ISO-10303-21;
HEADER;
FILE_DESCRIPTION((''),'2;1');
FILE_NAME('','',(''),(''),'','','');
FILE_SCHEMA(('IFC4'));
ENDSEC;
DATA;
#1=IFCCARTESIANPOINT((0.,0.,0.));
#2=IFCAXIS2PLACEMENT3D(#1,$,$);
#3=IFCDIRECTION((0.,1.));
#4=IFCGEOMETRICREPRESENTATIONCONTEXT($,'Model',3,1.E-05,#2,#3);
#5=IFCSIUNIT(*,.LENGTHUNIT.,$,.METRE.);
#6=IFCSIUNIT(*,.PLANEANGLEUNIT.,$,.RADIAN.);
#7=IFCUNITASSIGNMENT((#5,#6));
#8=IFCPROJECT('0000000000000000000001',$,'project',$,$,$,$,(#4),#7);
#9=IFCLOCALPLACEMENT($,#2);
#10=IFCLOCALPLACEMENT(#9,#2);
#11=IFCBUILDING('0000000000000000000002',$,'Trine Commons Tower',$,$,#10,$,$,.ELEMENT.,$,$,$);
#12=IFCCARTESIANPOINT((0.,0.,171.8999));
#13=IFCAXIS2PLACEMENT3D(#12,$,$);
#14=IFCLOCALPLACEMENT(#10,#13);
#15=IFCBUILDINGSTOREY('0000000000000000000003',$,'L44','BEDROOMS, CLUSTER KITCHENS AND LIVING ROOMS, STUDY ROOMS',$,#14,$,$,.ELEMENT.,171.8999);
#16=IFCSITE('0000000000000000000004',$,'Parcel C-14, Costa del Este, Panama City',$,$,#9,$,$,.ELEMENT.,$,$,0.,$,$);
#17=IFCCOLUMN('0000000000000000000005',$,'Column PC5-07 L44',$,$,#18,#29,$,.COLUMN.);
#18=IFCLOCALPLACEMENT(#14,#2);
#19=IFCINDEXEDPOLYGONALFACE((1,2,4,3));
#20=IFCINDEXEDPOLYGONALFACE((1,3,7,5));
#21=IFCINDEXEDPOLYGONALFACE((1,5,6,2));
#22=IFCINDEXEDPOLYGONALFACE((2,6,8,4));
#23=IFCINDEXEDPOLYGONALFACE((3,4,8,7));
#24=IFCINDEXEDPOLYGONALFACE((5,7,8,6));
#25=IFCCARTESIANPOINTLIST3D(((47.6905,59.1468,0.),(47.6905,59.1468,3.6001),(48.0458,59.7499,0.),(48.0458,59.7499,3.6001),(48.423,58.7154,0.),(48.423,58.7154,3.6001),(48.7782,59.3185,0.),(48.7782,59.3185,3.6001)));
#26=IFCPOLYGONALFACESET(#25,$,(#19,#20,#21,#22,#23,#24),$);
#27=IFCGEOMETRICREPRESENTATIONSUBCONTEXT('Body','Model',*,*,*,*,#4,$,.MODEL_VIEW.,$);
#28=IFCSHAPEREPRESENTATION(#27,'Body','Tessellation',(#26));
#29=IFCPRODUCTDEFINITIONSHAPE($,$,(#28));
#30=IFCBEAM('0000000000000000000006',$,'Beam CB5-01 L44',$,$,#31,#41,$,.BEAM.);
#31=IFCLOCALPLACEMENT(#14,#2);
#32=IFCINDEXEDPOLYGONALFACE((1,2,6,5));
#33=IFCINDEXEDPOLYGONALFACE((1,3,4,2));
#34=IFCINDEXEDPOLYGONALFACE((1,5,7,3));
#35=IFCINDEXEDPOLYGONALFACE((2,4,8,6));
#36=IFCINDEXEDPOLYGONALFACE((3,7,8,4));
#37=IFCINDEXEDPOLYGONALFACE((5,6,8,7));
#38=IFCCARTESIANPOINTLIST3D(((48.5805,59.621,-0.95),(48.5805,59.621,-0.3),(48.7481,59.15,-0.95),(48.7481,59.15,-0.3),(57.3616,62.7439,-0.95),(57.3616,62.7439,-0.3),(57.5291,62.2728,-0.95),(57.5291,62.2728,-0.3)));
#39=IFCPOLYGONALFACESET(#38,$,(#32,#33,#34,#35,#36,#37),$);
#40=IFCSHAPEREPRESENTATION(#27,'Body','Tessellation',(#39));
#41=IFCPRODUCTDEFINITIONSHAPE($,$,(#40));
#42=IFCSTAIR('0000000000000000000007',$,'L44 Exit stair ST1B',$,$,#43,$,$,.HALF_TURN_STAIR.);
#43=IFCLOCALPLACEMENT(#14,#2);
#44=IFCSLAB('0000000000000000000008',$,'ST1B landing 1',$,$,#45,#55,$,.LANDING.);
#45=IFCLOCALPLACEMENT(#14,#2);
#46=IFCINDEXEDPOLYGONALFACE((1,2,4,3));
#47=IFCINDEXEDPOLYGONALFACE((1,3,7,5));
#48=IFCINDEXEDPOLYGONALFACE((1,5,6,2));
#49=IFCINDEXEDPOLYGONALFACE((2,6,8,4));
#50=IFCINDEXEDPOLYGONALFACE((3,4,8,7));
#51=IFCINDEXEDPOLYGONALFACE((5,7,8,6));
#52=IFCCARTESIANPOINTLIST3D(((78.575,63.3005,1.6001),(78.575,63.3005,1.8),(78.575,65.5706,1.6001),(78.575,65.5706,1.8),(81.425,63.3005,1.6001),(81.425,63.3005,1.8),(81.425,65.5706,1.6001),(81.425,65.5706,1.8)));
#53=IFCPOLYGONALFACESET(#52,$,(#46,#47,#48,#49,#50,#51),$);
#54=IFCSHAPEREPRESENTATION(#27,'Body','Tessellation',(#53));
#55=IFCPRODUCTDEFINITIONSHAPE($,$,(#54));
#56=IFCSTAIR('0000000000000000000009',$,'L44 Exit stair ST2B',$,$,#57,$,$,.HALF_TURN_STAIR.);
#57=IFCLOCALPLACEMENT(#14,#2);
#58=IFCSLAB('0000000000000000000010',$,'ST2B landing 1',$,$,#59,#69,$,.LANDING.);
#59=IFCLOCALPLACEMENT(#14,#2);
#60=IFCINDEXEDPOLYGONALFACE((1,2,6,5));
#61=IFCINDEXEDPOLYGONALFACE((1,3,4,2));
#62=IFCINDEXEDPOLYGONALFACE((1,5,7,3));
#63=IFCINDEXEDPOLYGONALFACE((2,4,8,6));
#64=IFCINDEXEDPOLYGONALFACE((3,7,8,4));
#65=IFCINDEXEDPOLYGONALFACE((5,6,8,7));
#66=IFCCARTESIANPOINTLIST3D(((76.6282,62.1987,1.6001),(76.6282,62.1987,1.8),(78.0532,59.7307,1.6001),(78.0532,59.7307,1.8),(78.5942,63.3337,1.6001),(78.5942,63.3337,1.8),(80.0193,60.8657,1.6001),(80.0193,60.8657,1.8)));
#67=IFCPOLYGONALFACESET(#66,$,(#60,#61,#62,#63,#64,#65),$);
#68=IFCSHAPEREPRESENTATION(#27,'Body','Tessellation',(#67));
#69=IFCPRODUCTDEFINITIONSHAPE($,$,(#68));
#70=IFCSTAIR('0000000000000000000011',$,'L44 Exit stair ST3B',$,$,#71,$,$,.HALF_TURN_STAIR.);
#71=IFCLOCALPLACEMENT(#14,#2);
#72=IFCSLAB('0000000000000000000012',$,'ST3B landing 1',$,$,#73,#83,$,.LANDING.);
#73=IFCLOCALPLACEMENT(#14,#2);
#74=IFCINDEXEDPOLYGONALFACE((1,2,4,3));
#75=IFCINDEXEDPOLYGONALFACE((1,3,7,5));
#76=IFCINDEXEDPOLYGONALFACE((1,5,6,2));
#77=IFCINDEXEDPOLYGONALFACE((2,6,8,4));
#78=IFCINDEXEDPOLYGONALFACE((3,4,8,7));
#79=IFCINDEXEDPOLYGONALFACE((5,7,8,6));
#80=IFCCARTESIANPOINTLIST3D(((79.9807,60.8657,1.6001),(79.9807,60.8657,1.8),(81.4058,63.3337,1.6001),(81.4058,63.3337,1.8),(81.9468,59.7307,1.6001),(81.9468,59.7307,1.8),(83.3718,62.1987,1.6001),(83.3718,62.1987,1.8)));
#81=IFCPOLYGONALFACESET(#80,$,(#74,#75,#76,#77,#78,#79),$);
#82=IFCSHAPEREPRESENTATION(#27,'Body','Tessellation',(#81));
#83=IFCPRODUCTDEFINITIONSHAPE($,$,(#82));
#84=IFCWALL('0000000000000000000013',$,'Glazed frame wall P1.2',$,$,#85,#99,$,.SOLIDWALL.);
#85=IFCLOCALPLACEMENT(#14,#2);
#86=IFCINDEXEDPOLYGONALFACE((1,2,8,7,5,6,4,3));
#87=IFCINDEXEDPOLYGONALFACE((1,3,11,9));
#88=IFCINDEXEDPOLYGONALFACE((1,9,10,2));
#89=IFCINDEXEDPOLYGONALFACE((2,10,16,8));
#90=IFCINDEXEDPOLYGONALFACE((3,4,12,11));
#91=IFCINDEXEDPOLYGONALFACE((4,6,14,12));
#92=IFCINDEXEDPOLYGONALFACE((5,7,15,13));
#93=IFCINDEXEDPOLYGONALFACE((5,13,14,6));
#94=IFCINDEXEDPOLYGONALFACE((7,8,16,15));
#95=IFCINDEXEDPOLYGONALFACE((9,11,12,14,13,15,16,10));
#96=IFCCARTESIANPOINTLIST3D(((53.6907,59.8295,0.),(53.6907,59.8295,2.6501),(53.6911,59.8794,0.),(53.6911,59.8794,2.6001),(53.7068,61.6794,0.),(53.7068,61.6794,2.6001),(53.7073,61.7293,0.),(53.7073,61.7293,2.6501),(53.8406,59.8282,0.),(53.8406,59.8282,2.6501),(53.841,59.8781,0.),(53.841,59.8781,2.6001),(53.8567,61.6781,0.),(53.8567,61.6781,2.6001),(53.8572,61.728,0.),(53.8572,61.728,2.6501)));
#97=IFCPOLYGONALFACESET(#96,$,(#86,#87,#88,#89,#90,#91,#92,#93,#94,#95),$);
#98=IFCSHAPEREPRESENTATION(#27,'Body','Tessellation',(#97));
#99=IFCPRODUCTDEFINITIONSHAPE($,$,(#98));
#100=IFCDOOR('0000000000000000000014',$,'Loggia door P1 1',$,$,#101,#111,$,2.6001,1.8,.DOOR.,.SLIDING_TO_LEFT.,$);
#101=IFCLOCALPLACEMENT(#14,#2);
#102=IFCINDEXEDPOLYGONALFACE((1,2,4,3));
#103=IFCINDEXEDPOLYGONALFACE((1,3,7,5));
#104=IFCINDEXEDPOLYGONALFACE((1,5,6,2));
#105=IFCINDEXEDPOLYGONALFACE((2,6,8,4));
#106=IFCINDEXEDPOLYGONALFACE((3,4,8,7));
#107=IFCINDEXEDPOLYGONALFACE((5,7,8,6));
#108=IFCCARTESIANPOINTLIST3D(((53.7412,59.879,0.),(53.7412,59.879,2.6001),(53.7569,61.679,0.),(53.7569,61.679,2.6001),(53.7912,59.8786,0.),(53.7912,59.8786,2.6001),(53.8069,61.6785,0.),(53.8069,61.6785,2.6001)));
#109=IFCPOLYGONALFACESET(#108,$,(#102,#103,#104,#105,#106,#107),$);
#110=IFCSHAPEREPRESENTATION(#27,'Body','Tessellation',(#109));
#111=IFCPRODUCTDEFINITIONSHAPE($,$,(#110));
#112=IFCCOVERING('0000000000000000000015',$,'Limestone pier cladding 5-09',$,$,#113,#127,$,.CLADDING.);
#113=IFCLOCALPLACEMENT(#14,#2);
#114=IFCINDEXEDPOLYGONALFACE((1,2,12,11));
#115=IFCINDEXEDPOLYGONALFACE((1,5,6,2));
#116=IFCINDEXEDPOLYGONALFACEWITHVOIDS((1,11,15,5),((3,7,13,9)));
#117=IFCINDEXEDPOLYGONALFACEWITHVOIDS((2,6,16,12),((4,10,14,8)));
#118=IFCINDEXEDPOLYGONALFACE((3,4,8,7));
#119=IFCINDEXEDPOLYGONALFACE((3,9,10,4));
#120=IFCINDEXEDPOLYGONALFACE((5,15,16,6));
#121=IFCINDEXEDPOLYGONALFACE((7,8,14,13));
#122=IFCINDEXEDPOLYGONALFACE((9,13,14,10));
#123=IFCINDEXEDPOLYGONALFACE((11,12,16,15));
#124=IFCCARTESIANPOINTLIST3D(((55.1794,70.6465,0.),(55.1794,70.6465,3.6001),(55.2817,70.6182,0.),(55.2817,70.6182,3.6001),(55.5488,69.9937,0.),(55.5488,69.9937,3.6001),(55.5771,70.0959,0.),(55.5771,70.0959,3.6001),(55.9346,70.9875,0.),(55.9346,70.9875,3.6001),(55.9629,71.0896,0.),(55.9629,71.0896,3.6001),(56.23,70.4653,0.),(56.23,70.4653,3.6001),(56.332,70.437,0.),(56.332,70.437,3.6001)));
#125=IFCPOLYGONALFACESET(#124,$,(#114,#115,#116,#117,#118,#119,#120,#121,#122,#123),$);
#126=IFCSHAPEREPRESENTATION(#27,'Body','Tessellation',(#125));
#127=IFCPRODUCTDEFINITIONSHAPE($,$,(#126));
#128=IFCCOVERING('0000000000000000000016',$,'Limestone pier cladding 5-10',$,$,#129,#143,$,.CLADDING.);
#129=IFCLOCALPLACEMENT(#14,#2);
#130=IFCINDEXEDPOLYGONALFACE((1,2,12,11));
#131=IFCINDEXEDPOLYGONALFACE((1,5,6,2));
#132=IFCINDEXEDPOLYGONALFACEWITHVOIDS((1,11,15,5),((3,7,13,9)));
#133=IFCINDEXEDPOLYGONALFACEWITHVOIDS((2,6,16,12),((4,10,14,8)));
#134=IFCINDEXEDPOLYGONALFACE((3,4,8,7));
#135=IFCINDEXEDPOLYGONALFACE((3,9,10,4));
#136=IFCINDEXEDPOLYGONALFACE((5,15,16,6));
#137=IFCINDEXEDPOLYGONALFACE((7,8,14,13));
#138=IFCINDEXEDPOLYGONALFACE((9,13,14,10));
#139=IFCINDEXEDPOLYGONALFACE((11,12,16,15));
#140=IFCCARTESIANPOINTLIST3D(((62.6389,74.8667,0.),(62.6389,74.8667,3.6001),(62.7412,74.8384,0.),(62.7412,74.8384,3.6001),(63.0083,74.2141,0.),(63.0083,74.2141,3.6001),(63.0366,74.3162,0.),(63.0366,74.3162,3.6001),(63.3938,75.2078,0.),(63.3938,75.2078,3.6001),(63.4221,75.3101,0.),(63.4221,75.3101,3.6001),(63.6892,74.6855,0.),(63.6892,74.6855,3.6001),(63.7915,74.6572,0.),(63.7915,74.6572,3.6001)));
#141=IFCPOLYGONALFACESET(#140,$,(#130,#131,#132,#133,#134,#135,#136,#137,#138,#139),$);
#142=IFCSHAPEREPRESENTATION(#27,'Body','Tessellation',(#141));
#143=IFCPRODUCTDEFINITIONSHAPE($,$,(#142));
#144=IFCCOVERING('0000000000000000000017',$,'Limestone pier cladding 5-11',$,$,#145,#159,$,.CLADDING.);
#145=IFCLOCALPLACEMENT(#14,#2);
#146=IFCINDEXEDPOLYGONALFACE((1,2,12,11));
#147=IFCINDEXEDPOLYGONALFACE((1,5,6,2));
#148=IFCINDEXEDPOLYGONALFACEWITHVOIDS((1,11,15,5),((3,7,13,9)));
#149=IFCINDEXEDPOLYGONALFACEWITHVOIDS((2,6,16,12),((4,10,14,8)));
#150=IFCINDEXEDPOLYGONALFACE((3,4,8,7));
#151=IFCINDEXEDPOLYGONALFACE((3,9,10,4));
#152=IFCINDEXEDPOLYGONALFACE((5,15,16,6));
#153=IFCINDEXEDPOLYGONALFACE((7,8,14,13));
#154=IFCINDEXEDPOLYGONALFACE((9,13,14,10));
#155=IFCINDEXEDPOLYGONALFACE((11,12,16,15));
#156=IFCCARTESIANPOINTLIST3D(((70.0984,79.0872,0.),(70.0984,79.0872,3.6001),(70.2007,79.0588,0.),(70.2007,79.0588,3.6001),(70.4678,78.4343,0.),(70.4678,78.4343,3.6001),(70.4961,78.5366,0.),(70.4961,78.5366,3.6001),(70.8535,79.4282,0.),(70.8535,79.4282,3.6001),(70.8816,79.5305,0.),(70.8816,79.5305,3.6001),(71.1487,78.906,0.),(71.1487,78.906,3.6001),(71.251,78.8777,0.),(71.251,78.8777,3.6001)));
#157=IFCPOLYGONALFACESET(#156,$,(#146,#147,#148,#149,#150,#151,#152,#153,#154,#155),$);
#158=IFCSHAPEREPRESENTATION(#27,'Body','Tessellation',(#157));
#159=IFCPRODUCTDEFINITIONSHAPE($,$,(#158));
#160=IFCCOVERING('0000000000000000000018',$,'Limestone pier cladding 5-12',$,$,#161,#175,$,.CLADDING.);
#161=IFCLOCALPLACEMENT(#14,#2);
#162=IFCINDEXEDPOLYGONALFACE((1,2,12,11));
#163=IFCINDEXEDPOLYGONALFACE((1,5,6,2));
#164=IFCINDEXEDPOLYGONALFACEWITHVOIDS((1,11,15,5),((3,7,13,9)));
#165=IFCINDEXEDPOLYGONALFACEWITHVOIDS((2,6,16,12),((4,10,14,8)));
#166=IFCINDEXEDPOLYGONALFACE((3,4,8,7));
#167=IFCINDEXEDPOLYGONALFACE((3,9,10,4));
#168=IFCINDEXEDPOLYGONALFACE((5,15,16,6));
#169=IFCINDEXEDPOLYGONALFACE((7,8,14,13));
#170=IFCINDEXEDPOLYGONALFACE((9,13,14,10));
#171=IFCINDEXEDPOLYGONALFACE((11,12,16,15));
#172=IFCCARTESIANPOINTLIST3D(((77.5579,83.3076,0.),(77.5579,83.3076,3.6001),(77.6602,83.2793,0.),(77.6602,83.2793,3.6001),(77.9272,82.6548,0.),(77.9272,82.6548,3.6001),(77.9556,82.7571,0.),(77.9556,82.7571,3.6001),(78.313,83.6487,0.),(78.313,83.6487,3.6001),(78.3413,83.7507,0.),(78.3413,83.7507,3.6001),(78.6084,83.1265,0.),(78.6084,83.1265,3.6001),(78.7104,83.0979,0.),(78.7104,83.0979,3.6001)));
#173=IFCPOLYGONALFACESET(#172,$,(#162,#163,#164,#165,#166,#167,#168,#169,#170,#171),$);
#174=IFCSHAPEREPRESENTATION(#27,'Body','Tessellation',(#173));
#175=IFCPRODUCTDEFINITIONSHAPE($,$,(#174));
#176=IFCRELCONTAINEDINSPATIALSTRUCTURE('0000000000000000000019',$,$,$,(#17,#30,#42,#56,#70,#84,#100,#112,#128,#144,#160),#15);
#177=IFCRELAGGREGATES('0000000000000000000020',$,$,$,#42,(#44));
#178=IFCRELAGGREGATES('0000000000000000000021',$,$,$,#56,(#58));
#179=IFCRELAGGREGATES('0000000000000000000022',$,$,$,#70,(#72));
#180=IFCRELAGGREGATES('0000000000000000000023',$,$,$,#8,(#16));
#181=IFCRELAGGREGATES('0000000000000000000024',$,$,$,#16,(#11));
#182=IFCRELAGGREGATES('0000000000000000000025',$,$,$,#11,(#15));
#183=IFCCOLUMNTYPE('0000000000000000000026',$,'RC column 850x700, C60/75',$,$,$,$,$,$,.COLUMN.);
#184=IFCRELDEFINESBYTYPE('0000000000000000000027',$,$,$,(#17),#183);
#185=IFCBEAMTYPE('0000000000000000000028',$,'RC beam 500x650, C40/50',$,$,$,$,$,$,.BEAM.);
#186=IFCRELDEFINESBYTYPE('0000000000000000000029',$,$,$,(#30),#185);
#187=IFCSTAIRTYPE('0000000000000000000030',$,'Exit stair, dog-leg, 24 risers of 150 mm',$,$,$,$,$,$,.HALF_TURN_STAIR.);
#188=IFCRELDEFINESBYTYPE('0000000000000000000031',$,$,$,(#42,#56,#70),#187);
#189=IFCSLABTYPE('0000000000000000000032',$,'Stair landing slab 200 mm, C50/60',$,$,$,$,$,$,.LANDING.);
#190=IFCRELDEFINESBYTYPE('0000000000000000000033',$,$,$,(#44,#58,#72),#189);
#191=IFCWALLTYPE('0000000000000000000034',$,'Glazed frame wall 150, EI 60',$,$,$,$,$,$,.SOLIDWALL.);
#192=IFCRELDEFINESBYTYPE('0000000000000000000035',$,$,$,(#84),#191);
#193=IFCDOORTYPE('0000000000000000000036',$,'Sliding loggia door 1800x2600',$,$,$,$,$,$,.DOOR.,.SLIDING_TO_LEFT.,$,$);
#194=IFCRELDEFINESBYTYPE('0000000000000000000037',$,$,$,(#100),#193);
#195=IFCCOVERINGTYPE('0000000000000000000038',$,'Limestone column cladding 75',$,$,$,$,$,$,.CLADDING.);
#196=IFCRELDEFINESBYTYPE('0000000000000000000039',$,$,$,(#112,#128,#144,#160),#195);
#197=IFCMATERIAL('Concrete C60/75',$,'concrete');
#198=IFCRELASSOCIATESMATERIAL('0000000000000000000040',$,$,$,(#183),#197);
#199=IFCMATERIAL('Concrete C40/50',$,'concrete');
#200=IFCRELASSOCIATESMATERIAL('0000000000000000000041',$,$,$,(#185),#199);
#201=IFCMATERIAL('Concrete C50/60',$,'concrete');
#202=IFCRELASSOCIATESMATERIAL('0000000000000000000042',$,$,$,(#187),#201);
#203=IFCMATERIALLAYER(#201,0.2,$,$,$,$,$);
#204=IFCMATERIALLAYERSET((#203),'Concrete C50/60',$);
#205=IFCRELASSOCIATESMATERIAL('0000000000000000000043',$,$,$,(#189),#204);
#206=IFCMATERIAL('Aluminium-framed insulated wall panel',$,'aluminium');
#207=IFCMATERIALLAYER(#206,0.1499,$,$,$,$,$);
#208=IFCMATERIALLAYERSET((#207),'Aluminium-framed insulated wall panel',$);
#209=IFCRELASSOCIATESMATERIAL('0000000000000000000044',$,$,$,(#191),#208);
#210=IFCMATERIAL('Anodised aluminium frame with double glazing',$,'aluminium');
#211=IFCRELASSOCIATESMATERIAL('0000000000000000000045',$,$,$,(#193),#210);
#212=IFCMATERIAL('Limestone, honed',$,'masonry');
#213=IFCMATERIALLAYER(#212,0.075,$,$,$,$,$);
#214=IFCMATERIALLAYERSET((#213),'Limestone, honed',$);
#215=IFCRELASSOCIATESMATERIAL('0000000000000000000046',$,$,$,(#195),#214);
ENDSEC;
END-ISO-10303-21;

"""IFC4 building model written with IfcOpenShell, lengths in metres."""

from ifc_helpers import new_model, si_unit, direction, frame, frame_2d, origin, origin_2d, place, context, subcontext, project, spatial, polyline, rectangle, outline, extrude, material, layer, layer_set, material_profile, profile_set, type_object, element, fill, aggregate, save


model = new_model("IFC4")

# Units and contexts
model_context = context("Model", 3, precision=1e-05, world=origin(), true_north=direction((0.0, 1.0)))
body_context = subcontext(model_context, "Body", "Model", "MODEL_VIEW")
ifc_project = project(units=[si_unit("LENGTHUNIT", "METRE"), si_unit("PLANEANGLEUNIT", "RADIAN")], contexts=[model_context])

# Site, building, storey
site_placement = place(None, origin())
site = spatial("IfcSite", under=ifc_project, at=site_placement, Name="Parcel C-14, Costa del Este, Panama City", CompositionType="ELEMENT", RefElevation=0.0)
building_placement = place(site_placement, origin())
building = spatial("IfcBuilding", under=site, at=building_placement, Name="Trine Commons Tower", CompositionType="ELEMENT")
storey_placement = place(building_placement, frame((0.0, 0.0, 171.8999)))
storey = spatial("IfcBuildingStorey", under=building, at=storey_placement, Name="L44", Description="BEDROOMS, CLUSTER KITCHENS AND LIVING ROOMS, STUDY ROOMS", CompositionType="ELEMENT", Elevation=171.8999)

# Column
ifc_material_1 = material(Name="Concrete C60/75", Category="concrete")
ifc_material_profile_1 = material_profile(ifc_material_1, rectangle(XDim=0.8501, YDim=0.7, at=origin_2d()), Name="RC 850x700")
ifc_profile_set_1 = profile_set([ifc_material_profile_1], Name="Concrete C60/75")
column_type = type_object("IfcColumnType", Name="RC column 850x700, C60/75", PredefinedType="COLUMN", material=ifc_profile_set_1)
column_placement = place(storey_placement, frame((48.2344, 59.2327, 0.0), z_axis=(0.0, 0.0, 1.0), x_axis=(-0.861629, 0.507538, 0.0)))
element("IfcColumn", 1, at=column_placement, inside=storey, type_object=column_type, Name="Column PC5-07 L44", PredefinedType="COLUMN", context=body_context, shape_type="SweptSolid", body=[
    extrude(rectangle(XDim=0.8501, YDim=0.7, at=origin_2d()), origin(), (0.0, 0.0, 1.0), 3.6001),
])

# Beam
ifc_material_2 = material(Name="Concrete C40/50", Category="concrete")
ifc_material_profile_2 = material_profile(ifc_material_2, rectangle(XDim=0.5, YDim=0.6499, at=origin_2d()), Name="RC 500x650")
ifc_profile_set_2 = profile_set([ifc_material_profile_2], Name="Concrete C40/50")
beam_type = type_object("IfcBeamType", Name="RC beam 500x650, C40/50", PredefinedType="BEAM", material=ifc_profile_set_2)
beam_placement = place(storey_placement, frame((48.6643, 59.3855, -0.625), z_axis=(0.942192, 0.335073, 0.0), x_axis=(-0.335073, 0.942192, 0.0)))
element("IfcBeam", 2, at=beam_placement, inside=storey, type_object=beam_type, Name="Beam CB5-01 L44", PredefinedType="BEAM", context=body_context, shape_type="SweptSolid", body=[
    extrude(rectangle(XDim=0.5, YDim=0.6499, at=origin_2d()), origin(), (0.0, 0.0, 1.0), 9.3198),
])

# Stairs, slabs
ifc_material_3 = material(Name="Concrete C50/60", Category="concrete")
stair_type = type_object("IfcStairType", Name="Exit stair, dog-leg, 24 risers of 150 mm", PredefinedType="HALF_TURN_STAIR", material=ifc_material_3)
stair_1_placement = place(storey_placement, origin())
stair_1 = element("IfcStair", 3, at=stair_1_placement, inside=storey, type_object=stair_type, Name="L44 Exit stair ST1B", PredefinedType="HALF_TURN_STAIR")
ifc_layer_1 = layer(ifc_material_3, 0.2)
ifc_layer_set_1 = layer_set([ifc_layer_1], Name="Concrete C50/60")
slab_type = type_object("IfcSlabType", Name="Stair landing slab 200 mm, C50/60", PredefinedType="LANDING", material=ifc_layer_set_1)
slab_1_placement = place(storey_placement, frame((0.0, 0.0, 1.6001)))
slab_1 = element("IfcSlab", 4, at=slab_1_placement, type_object=slab_type, Name="ST1B landing 1", PredefinedType="LANDING", context=body_context, shape_type="SweptSolid", body=[
    extrude(outline(polyline([(78.575, 65.5706), (78.575, 63.3005), (81.425, 63.3005), (81.425, 65.5706), (78.575, 65.5706)])), origin(), (0.0, 0.0, 1.0), 0.2),
])
aggregate(stair_1, [slab_1])
stair_2_placement = place(storey_placement, origin())
stair_2 = element("IfcStair", 5, at=stair_2_placement, inside=storey, type_object=stair_type, Name="L44 Exit stair ST2B", PredefinedType="HALF_TURN_STAIR")
slab_2_placement = place(storey_placement, frame((0.0, 0.0, 1.6001)))
slab_2 = element("IfcSlab", 6, at=slab_2_placement, type_object=slab_type, Name="ST2B landing 1", PredefinedType="LANDING", context=body_context, shape_type="SweptSolid", body=[
    extrude(outline(polyline([(78.0532, 59.7307), (80.0193, 60.8657), (78.5942, 63.3337), (76.6282, 62.1987), (78.0532, 59.7307)])), origin(), (0.0, 0.0, 1.0), 0.2),
])
aggregate(stair_2, [slab_2])
stair_3_placement = place(storey_placement, origin())
stair_3 = element("IfcStair", 7, at=stair_3_placement, inside=storey, type_object=stair_type, Name="L44 Exit stair ST3B", PredefinedType="HALF_TURN_STAIR")
slab_3_placement = place(storey_placement, frame((0.0, 0.0, 1.6001)))
slab_3 = element("IfcSlab", 8, at=slab_3_placement, type_object=slab_type, Name="ST3B landing 1", PredefinedType="LANDING", context=body_context, shape_type="SweptSolid", body=[
    extrude(outline(polyline([(83.3718, 62.1987), (81.4058, 63.3337), (79.9807, 60.8657), (81.9468, 59.7307), (83.3718, 62.1987)])), origin(), (0.0, 0.0, 1.0), 0.2),
])
aggregate(stair_3, [slab_3])

# Shared definitions
ifc_material_4 = material(Name="Aluminium-framed insulated wall panel", Category="aluminium")
ifc_layer_2 = layer(ifc_material_4, 0.1499)
ifc_layer_set_2 = layer_set([ifc_layer_2], Name="Aluminium-framed insulated wall panel")
wall_type = type_object("IfcWallType", Name="Glazed frame wall 150, EI 60", PredefinedType="SOLIDWALL", material=ifc_layer_set_2)

# Wall, opening, door
wall_1_placement = place(storey_placement, frame((53.7656, 59.8289, 0.0), z_axis=(0.0, 0.0, 1.0), x_axis=(0.008738, 0.999962, 0.0)))
wall_1 = element("IfcWall", 9, at=wall_1_placement, inside=storey, type_object=wall_type, Name="Glazed frame wall P1.2", PredefinedType="SOLIDWALL", context=body_context, shape_type="SweptSolid", body=[
    extrude(outline(polyline([(0.0, -0.075), (1.8999, -0.075), (1.8999, 0.075), (0.0, 0.075), (0.0, -0.075)])), origin(), (0.0, 0.0, 1.0), 2.6501),
])
opening_placement = place(wall_1_placement, frame((0.05, 0.0, 0.0)))
opening = element("IfcOpeningElement", 10, at=opening_placement, cuts=wall_1, PredefinedType="OPENING", context=body_context, shape_type="SweptSolid", body=[
    extrude(rectangle(XDim=1.8, YDim=2.6001, at=frame_2d((0.8999, 1.3))), frame((0.0, 0.085, 0.0), z_axis=(0.0, -1.0, 0.0), x_axis=(1.0, 0.0, 0.0)), (0.0, 0.0, 1.0), 0.1699),
])
ifc_material_5 = material(Name="Anodised aluminium frame with double glazing", Category="aluminium")
door_type = type_object("IfcDoorType", Name="Sliding loggia door 1800x2600", OperationType="SLIDING_TO_LEFT", PredefinedType="DOOR", material=ifc_material_5)
door_placement = place(opening_placement, origin())
door = element("IfcDoor", 11, at=door_placement, inside=storey, type_object=door_type, Name="Loggia door P1 1", OperationType="SLIDING_TO_LEFT", OverallHeight=2.6001, OverallWidth=1.8, PredefinedType="DOOR", context=body_context, shape_type="SweptSolid", body=[
    extrude(rectangle(XDim=1.8, YDim=2.6001, at=frame_2d((0.8999, 1.3))), frame((0.0, 0.0249, 0.0), z_axis=(0.0, -1.0, 0.0), x_axis=(1.0, 0.0, 0.0)), (0.0, 0.0, 1.0), 0.05),
])
fill(opening, door)

# Coverings
ifc_material_6 = material(Name="Limestone, honed", Category="masonry")
ifc_layer_3 = layer(ifc_material_6, 0.075)
ifc_layer_set_3 = layer_set([ifc_layer_3], Name="Limestone, honed")
covering_type_1 = type_object("IfcCoveringType", Name="Limestone column cladding 75", PredefinedType="CLADDING", material=ifc_layer_set_3)
covering_1_placement = place(storey_placement, origin())
element("IfcCovering", 12, at=covering_1_placement, inside=storey, type_object=covering_type_1, Name="Limestone pier cladding 5-09", PredefinedType="CLADDING", context=body_context, shape_type="SweptSolid", body=[
    extrude(outline(polyline([(56.332, 70.437), (55.9629, 71.0896), (55.1794, 70.6465), (55.5488, 69.9937), (56.332, 70.437)]), holes=[polyline([(56.23, 70.4653), (55.9346, 70.9875), (55.2817, 70.6182), (55.5771, 70.0959), (56.23, 70.4653)])]), origin(), (0.0, 0.0, 1.0), 3.6001),
])
covering_2_placement = place(storey_placement, origin())
element("IfcCovering", 13, at=covering_2_placement, inside=storey, type_object=covering_type_1, Name="Limestone pier cladding 5-10", PredefinedType="CLADDING", context=body_context, shape_type="SweptSolid", body=[
    extrude(outline(polyline([(63.7915, 74.6572), (63.4221, 75.3101), (62.6389, 74.8667), (63.0083, 74.2141), (63.7915, 74.6572)]), holes=[polyline([(63.6892, 74.6855), (63.3938, 75.2078), (62.7412, 74.8384), (63.0366, 74.3162), (63.6892, 74.6855)])]), origin(), (0.0, 0.0, 1.0), 3.6001),
])
covering_3_placement = place(storey_placement, origin())
element("IfcCovering", 14, at=covering_3_placement, inside=storey, type_object=covering_type_1, Name="Limestone pier cladding 5-11", PredefinedType="CLADDING", context=body_context, shape_type="SweptSolid", body=[
    extrude(outline(polyline([(71.251, 78.8777), (70.8816, 79.5305), (70.0984, 79.0872), (70.4678, 78.4343), (71.251, 78.8777)]), holes=[polyline([(71.1487, 78.906), (70.8535, 79.4282), (70.2007, 79.0588), (70.4961, 78.5366), (71.1487, 78.906)])]), origin(), (0.0, 0.0, 1.0), 3.6001),
])
covering_4_placement = place(storey_placement, origin())
element("IfcCovering", 15, at=covering_4_placement, inside=storey, type_object=covering_type_1, Name="Limestone pier cladding 5-12", PredefinedType="CLADDING", context=body_context, shape_type="SweptSolid", body=[
    extrude(outline(polyline([(78.7104, 83.0979), (78.3413, 83.7507), (77.5579, 83.3076), (77.9272, 82.6548), (78.7104, 83.0979)]), holes=[polyline([(78.6084, 83.1265), (78.313, 83.6487), (77.6602, 83.2793), (77.9556, 82.7571), (78.6084, 83.1265)])]), origin(), (0.0, 0.0, 1.0), 3.6001),
])

save(model, "model.ifc")
